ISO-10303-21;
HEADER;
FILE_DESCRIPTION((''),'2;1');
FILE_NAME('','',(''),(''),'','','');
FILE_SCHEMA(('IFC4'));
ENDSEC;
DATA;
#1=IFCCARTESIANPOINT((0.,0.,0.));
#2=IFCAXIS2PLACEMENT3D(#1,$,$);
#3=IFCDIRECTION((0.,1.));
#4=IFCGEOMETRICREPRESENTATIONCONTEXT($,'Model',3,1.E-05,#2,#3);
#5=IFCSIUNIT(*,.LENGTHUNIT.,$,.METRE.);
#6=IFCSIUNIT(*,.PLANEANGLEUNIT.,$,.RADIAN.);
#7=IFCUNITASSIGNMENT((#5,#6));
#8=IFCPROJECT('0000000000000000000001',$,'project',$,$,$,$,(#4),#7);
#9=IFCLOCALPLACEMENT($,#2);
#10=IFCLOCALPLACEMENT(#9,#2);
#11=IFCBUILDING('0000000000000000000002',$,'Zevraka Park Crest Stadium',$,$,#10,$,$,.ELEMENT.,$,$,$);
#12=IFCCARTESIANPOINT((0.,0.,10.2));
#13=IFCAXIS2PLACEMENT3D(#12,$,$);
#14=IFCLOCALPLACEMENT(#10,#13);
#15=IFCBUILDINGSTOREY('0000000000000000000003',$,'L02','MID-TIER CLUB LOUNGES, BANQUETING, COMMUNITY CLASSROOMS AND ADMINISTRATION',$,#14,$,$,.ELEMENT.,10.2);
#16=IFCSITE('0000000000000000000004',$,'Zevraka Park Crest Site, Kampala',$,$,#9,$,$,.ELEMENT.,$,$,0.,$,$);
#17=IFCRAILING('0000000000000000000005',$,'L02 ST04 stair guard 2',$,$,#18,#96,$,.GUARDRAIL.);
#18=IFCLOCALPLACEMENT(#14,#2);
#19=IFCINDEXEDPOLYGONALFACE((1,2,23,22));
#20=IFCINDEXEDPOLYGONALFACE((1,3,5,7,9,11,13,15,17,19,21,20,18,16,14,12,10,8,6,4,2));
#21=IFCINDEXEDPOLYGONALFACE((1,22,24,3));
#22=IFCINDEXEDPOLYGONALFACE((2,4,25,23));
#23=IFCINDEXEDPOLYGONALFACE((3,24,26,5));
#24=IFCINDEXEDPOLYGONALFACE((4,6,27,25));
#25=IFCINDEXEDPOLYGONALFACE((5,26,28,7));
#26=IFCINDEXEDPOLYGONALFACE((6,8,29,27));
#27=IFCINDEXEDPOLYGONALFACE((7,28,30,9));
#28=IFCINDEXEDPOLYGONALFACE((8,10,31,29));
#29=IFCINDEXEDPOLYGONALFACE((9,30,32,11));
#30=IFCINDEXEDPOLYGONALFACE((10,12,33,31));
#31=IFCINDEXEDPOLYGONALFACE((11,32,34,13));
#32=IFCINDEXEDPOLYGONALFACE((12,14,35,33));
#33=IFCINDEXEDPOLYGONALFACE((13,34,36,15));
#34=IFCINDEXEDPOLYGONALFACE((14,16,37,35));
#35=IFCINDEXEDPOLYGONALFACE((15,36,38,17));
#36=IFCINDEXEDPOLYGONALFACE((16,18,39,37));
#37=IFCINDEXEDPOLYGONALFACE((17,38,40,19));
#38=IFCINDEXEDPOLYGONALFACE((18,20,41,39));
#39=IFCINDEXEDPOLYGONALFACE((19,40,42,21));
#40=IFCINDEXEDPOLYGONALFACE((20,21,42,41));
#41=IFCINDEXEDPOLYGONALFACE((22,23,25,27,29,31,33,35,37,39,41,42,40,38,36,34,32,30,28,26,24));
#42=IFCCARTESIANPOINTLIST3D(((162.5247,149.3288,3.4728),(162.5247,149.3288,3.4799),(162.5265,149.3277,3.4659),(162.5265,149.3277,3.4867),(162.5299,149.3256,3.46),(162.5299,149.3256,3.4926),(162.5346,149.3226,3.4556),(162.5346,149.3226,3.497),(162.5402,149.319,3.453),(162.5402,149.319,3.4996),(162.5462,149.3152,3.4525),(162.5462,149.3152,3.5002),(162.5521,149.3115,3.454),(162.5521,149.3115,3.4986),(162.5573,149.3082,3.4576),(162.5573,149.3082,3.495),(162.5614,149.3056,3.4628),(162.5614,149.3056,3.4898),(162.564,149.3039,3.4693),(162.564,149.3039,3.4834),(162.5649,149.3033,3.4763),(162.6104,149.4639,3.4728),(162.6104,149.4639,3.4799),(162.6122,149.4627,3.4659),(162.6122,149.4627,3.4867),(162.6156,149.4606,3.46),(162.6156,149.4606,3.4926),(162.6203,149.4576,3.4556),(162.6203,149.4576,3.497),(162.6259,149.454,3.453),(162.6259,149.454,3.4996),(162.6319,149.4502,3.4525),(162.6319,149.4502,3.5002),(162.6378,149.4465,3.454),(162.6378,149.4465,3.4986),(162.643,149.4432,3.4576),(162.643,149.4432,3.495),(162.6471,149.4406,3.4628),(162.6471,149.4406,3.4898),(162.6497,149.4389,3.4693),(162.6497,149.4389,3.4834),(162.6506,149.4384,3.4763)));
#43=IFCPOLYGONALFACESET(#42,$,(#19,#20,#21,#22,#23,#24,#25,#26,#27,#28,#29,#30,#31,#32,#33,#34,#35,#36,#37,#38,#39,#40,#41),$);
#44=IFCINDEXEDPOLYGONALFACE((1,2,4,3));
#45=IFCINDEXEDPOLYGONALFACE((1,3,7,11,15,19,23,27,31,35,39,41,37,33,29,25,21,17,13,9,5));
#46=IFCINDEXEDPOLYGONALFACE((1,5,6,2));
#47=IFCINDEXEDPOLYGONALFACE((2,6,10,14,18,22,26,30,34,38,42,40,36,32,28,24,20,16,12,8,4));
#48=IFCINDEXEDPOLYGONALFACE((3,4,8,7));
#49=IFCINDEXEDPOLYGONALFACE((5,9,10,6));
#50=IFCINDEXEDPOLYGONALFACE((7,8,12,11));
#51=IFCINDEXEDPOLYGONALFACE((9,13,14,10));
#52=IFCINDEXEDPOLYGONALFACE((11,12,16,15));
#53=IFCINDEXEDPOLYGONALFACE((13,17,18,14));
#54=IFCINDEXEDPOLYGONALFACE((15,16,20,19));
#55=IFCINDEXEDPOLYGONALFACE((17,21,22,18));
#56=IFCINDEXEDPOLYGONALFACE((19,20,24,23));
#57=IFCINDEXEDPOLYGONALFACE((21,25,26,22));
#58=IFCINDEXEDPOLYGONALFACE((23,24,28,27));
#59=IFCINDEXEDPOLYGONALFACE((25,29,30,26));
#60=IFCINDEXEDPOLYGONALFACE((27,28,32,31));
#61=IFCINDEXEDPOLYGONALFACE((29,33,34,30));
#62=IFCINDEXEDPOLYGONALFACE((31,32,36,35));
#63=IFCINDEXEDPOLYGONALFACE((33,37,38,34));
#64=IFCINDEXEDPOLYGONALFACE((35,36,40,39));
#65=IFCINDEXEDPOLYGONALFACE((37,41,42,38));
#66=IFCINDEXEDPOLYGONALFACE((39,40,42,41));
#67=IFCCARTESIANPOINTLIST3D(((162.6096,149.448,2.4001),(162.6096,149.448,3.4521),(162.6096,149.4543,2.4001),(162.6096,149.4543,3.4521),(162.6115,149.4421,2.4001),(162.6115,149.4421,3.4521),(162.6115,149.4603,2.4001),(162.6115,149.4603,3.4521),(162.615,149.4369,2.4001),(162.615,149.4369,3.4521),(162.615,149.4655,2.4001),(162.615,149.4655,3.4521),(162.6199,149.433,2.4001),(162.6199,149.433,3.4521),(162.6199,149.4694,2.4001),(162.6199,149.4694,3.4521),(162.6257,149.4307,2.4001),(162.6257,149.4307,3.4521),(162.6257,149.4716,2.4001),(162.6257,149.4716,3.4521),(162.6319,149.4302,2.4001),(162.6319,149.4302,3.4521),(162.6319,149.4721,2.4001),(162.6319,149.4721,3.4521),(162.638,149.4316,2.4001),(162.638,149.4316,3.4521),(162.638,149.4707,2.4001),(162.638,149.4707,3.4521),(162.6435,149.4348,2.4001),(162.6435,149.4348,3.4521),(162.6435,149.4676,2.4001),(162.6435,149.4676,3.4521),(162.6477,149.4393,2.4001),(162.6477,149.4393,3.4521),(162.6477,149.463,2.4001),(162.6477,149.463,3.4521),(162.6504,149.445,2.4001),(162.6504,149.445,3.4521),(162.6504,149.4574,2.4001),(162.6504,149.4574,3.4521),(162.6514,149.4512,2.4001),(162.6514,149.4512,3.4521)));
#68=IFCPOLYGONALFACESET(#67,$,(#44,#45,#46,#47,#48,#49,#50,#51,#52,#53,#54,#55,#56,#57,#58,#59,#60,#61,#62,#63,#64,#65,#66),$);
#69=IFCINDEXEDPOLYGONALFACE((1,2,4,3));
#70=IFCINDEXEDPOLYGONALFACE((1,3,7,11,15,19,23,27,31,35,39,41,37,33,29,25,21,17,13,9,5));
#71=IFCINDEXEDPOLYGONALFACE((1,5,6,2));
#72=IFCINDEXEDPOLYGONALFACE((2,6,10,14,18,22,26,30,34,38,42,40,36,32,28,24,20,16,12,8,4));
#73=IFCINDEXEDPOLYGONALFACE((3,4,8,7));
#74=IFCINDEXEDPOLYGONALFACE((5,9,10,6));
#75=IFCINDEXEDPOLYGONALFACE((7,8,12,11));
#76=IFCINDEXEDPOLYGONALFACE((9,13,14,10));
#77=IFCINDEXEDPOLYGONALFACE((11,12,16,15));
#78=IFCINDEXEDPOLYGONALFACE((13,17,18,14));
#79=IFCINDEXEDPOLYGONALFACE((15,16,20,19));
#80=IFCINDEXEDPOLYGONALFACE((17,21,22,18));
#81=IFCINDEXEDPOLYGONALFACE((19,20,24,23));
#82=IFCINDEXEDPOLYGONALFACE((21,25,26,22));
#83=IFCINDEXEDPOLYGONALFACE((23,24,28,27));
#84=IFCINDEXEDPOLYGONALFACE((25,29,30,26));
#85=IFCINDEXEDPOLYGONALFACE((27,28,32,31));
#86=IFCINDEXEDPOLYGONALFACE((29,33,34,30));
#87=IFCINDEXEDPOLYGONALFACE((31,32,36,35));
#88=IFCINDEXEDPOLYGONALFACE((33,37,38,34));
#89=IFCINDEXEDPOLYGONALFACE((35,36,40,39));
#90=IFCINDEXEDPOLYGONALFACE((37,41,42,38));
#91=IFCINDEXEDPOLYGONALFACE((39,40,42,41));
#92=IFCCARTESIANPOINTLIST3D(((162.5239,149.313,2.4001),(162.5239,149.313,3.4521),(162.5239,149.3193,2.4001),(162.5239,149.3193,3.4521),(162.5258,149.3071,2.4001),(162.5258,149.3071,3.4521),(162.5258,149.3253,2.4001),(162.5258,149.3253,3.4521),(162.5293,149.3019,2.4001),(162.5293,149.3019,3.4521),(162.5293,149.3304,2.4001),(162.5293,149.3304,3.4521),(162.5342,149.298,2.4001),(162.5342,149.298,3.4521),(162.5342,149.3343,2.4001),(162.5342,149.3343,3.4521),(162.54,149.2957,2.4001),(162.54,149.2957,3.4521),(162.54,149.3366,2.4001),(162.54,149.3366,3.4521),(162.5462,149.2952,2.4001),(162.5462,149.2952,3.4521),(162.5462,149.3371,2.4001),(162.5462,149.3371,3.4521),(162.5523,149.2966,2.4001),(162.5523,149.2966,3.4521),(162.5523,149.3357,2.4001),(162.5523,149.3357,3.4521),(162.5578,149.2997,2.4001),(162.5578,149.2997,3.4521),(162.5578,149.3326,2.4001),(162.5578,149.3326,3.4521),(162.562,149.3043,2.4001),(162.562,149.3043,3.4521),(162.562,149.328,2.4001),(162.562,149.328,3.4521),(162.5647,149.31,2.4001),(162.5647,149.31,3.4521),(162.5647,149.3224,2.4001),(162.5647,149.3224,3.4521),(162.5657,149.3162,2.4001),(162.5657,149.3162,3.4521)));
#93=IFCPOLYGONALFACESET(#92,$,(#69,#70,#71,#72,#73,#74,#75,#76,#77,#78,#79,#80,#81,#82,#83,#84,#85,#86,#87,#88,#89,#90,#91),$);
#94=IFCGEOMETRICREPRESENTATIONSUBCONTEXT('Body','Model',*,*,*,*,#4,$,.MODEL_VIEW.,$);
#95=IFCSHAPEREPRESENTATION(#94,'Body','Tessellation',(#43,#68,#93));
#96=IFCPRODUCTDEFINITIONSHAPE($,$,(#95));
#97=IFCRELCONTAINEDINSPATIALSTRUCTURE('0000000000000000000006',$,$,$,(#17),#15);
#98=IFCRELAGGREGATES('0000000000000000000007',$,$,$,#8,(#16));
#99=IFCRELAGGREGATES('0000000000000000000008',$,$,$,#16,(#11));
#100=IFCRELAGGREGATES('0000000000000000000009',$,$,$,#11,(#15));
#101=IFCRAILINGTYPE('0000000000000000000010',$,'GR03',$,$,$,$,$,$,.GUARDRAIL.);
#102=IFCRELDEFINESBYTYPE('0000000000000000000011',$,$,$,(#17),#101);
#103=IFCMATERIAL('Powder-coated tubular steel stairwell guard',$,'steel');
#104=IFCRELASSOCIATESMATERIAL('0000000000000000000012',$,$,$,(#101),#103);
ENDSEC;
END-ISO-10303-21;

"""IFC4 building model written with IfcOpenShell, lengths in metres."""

from ifc_helpers import new_model, si_unit, direction, frame, origin, origin_2d, place, context, subcontext, project, spatial, circle, extrude, material, type_object, element, save


model = new_model("IFC4")

# Units and contexts
model_context = context("Model", 3, precision=1e-05, world=origin(), true_north=direction((0.0, 1.0)))
body_context = subcontext(model_context, "Body", "Model", "MODEL_VIEW")
ifc_project = project(units=[si_unit("LENGTHUNIT", "METRE"), si_unit("PLANEANGLEUNIT", "RADIAN")], contexts=[model_context])

# Site, building, storey
site_placement = place(None, origin())
site = spatial("IfcSite", under=ifc_project, at=site_placement, Name="Zevraka Park Crest Site, Kampala", CompositionType="ELEMENT", RefElevation=0.0)
building_placement = place(site_placement, origin())
building = spatial("IfcBuilding", under=site, at=building_placement, Name="Zevraka Park Crest Stadium", CompositionType="ELEMENT")
storey_placement = place(building_placement, frame((0.0, 0.0, 10.2)))
storey = spatial("IfcBuildingStorey", under=building, at=storey_placement, Name="L02", Description="MID-TIER CLUB LOUNGES, BANQUETING, COMMUNITY CLASSROOMS AND ADMINISTRATION", CompositionType="ELEMENT", Elevation=10.2)

# Railing
ifc_material_1 = material(Name="Powder-coated tubular steel stairwell guard", Category="steel")
railing_type_1 = type_object("IfcRailingType", Name="GR03", PredefinedType="GUARDRAIL", material=ifc_material_1)
railing_1_placement = place(storey_placement, frame((162.6304, 149.4512, 2.4001)))
element("IfcRailing", 1, at=railing_1_placement, inside=storey, type_object=railing_type_1, Name="L02 ST04 stair guard 2", PredefinedType="GUARDRAIL", context=body_context, shape_type="SweptSolid", body=[
    extrude(circle(Radius=0.0239, at=origin_2d()), frame((0.0, 0.0, 1.0762), z_axis=(-0.535887, -0.84429, 0.0), x_axis=(0.84429, -0.535887, 0.0)), (0.0, 0.0, 1.0), 0.1599),
    extrude(circle(Radius=0.021, at=origin_2d()), origin(), (0.0, 0.0, 1.0), 1.052),
    extrude(circle(Radius=0.021, at=origin_2d()), frame((-0.0857, -0.135, 0.0)), (0.0, 0.0, 1.0), 1.052),
])

save(model, "model.ifc")
